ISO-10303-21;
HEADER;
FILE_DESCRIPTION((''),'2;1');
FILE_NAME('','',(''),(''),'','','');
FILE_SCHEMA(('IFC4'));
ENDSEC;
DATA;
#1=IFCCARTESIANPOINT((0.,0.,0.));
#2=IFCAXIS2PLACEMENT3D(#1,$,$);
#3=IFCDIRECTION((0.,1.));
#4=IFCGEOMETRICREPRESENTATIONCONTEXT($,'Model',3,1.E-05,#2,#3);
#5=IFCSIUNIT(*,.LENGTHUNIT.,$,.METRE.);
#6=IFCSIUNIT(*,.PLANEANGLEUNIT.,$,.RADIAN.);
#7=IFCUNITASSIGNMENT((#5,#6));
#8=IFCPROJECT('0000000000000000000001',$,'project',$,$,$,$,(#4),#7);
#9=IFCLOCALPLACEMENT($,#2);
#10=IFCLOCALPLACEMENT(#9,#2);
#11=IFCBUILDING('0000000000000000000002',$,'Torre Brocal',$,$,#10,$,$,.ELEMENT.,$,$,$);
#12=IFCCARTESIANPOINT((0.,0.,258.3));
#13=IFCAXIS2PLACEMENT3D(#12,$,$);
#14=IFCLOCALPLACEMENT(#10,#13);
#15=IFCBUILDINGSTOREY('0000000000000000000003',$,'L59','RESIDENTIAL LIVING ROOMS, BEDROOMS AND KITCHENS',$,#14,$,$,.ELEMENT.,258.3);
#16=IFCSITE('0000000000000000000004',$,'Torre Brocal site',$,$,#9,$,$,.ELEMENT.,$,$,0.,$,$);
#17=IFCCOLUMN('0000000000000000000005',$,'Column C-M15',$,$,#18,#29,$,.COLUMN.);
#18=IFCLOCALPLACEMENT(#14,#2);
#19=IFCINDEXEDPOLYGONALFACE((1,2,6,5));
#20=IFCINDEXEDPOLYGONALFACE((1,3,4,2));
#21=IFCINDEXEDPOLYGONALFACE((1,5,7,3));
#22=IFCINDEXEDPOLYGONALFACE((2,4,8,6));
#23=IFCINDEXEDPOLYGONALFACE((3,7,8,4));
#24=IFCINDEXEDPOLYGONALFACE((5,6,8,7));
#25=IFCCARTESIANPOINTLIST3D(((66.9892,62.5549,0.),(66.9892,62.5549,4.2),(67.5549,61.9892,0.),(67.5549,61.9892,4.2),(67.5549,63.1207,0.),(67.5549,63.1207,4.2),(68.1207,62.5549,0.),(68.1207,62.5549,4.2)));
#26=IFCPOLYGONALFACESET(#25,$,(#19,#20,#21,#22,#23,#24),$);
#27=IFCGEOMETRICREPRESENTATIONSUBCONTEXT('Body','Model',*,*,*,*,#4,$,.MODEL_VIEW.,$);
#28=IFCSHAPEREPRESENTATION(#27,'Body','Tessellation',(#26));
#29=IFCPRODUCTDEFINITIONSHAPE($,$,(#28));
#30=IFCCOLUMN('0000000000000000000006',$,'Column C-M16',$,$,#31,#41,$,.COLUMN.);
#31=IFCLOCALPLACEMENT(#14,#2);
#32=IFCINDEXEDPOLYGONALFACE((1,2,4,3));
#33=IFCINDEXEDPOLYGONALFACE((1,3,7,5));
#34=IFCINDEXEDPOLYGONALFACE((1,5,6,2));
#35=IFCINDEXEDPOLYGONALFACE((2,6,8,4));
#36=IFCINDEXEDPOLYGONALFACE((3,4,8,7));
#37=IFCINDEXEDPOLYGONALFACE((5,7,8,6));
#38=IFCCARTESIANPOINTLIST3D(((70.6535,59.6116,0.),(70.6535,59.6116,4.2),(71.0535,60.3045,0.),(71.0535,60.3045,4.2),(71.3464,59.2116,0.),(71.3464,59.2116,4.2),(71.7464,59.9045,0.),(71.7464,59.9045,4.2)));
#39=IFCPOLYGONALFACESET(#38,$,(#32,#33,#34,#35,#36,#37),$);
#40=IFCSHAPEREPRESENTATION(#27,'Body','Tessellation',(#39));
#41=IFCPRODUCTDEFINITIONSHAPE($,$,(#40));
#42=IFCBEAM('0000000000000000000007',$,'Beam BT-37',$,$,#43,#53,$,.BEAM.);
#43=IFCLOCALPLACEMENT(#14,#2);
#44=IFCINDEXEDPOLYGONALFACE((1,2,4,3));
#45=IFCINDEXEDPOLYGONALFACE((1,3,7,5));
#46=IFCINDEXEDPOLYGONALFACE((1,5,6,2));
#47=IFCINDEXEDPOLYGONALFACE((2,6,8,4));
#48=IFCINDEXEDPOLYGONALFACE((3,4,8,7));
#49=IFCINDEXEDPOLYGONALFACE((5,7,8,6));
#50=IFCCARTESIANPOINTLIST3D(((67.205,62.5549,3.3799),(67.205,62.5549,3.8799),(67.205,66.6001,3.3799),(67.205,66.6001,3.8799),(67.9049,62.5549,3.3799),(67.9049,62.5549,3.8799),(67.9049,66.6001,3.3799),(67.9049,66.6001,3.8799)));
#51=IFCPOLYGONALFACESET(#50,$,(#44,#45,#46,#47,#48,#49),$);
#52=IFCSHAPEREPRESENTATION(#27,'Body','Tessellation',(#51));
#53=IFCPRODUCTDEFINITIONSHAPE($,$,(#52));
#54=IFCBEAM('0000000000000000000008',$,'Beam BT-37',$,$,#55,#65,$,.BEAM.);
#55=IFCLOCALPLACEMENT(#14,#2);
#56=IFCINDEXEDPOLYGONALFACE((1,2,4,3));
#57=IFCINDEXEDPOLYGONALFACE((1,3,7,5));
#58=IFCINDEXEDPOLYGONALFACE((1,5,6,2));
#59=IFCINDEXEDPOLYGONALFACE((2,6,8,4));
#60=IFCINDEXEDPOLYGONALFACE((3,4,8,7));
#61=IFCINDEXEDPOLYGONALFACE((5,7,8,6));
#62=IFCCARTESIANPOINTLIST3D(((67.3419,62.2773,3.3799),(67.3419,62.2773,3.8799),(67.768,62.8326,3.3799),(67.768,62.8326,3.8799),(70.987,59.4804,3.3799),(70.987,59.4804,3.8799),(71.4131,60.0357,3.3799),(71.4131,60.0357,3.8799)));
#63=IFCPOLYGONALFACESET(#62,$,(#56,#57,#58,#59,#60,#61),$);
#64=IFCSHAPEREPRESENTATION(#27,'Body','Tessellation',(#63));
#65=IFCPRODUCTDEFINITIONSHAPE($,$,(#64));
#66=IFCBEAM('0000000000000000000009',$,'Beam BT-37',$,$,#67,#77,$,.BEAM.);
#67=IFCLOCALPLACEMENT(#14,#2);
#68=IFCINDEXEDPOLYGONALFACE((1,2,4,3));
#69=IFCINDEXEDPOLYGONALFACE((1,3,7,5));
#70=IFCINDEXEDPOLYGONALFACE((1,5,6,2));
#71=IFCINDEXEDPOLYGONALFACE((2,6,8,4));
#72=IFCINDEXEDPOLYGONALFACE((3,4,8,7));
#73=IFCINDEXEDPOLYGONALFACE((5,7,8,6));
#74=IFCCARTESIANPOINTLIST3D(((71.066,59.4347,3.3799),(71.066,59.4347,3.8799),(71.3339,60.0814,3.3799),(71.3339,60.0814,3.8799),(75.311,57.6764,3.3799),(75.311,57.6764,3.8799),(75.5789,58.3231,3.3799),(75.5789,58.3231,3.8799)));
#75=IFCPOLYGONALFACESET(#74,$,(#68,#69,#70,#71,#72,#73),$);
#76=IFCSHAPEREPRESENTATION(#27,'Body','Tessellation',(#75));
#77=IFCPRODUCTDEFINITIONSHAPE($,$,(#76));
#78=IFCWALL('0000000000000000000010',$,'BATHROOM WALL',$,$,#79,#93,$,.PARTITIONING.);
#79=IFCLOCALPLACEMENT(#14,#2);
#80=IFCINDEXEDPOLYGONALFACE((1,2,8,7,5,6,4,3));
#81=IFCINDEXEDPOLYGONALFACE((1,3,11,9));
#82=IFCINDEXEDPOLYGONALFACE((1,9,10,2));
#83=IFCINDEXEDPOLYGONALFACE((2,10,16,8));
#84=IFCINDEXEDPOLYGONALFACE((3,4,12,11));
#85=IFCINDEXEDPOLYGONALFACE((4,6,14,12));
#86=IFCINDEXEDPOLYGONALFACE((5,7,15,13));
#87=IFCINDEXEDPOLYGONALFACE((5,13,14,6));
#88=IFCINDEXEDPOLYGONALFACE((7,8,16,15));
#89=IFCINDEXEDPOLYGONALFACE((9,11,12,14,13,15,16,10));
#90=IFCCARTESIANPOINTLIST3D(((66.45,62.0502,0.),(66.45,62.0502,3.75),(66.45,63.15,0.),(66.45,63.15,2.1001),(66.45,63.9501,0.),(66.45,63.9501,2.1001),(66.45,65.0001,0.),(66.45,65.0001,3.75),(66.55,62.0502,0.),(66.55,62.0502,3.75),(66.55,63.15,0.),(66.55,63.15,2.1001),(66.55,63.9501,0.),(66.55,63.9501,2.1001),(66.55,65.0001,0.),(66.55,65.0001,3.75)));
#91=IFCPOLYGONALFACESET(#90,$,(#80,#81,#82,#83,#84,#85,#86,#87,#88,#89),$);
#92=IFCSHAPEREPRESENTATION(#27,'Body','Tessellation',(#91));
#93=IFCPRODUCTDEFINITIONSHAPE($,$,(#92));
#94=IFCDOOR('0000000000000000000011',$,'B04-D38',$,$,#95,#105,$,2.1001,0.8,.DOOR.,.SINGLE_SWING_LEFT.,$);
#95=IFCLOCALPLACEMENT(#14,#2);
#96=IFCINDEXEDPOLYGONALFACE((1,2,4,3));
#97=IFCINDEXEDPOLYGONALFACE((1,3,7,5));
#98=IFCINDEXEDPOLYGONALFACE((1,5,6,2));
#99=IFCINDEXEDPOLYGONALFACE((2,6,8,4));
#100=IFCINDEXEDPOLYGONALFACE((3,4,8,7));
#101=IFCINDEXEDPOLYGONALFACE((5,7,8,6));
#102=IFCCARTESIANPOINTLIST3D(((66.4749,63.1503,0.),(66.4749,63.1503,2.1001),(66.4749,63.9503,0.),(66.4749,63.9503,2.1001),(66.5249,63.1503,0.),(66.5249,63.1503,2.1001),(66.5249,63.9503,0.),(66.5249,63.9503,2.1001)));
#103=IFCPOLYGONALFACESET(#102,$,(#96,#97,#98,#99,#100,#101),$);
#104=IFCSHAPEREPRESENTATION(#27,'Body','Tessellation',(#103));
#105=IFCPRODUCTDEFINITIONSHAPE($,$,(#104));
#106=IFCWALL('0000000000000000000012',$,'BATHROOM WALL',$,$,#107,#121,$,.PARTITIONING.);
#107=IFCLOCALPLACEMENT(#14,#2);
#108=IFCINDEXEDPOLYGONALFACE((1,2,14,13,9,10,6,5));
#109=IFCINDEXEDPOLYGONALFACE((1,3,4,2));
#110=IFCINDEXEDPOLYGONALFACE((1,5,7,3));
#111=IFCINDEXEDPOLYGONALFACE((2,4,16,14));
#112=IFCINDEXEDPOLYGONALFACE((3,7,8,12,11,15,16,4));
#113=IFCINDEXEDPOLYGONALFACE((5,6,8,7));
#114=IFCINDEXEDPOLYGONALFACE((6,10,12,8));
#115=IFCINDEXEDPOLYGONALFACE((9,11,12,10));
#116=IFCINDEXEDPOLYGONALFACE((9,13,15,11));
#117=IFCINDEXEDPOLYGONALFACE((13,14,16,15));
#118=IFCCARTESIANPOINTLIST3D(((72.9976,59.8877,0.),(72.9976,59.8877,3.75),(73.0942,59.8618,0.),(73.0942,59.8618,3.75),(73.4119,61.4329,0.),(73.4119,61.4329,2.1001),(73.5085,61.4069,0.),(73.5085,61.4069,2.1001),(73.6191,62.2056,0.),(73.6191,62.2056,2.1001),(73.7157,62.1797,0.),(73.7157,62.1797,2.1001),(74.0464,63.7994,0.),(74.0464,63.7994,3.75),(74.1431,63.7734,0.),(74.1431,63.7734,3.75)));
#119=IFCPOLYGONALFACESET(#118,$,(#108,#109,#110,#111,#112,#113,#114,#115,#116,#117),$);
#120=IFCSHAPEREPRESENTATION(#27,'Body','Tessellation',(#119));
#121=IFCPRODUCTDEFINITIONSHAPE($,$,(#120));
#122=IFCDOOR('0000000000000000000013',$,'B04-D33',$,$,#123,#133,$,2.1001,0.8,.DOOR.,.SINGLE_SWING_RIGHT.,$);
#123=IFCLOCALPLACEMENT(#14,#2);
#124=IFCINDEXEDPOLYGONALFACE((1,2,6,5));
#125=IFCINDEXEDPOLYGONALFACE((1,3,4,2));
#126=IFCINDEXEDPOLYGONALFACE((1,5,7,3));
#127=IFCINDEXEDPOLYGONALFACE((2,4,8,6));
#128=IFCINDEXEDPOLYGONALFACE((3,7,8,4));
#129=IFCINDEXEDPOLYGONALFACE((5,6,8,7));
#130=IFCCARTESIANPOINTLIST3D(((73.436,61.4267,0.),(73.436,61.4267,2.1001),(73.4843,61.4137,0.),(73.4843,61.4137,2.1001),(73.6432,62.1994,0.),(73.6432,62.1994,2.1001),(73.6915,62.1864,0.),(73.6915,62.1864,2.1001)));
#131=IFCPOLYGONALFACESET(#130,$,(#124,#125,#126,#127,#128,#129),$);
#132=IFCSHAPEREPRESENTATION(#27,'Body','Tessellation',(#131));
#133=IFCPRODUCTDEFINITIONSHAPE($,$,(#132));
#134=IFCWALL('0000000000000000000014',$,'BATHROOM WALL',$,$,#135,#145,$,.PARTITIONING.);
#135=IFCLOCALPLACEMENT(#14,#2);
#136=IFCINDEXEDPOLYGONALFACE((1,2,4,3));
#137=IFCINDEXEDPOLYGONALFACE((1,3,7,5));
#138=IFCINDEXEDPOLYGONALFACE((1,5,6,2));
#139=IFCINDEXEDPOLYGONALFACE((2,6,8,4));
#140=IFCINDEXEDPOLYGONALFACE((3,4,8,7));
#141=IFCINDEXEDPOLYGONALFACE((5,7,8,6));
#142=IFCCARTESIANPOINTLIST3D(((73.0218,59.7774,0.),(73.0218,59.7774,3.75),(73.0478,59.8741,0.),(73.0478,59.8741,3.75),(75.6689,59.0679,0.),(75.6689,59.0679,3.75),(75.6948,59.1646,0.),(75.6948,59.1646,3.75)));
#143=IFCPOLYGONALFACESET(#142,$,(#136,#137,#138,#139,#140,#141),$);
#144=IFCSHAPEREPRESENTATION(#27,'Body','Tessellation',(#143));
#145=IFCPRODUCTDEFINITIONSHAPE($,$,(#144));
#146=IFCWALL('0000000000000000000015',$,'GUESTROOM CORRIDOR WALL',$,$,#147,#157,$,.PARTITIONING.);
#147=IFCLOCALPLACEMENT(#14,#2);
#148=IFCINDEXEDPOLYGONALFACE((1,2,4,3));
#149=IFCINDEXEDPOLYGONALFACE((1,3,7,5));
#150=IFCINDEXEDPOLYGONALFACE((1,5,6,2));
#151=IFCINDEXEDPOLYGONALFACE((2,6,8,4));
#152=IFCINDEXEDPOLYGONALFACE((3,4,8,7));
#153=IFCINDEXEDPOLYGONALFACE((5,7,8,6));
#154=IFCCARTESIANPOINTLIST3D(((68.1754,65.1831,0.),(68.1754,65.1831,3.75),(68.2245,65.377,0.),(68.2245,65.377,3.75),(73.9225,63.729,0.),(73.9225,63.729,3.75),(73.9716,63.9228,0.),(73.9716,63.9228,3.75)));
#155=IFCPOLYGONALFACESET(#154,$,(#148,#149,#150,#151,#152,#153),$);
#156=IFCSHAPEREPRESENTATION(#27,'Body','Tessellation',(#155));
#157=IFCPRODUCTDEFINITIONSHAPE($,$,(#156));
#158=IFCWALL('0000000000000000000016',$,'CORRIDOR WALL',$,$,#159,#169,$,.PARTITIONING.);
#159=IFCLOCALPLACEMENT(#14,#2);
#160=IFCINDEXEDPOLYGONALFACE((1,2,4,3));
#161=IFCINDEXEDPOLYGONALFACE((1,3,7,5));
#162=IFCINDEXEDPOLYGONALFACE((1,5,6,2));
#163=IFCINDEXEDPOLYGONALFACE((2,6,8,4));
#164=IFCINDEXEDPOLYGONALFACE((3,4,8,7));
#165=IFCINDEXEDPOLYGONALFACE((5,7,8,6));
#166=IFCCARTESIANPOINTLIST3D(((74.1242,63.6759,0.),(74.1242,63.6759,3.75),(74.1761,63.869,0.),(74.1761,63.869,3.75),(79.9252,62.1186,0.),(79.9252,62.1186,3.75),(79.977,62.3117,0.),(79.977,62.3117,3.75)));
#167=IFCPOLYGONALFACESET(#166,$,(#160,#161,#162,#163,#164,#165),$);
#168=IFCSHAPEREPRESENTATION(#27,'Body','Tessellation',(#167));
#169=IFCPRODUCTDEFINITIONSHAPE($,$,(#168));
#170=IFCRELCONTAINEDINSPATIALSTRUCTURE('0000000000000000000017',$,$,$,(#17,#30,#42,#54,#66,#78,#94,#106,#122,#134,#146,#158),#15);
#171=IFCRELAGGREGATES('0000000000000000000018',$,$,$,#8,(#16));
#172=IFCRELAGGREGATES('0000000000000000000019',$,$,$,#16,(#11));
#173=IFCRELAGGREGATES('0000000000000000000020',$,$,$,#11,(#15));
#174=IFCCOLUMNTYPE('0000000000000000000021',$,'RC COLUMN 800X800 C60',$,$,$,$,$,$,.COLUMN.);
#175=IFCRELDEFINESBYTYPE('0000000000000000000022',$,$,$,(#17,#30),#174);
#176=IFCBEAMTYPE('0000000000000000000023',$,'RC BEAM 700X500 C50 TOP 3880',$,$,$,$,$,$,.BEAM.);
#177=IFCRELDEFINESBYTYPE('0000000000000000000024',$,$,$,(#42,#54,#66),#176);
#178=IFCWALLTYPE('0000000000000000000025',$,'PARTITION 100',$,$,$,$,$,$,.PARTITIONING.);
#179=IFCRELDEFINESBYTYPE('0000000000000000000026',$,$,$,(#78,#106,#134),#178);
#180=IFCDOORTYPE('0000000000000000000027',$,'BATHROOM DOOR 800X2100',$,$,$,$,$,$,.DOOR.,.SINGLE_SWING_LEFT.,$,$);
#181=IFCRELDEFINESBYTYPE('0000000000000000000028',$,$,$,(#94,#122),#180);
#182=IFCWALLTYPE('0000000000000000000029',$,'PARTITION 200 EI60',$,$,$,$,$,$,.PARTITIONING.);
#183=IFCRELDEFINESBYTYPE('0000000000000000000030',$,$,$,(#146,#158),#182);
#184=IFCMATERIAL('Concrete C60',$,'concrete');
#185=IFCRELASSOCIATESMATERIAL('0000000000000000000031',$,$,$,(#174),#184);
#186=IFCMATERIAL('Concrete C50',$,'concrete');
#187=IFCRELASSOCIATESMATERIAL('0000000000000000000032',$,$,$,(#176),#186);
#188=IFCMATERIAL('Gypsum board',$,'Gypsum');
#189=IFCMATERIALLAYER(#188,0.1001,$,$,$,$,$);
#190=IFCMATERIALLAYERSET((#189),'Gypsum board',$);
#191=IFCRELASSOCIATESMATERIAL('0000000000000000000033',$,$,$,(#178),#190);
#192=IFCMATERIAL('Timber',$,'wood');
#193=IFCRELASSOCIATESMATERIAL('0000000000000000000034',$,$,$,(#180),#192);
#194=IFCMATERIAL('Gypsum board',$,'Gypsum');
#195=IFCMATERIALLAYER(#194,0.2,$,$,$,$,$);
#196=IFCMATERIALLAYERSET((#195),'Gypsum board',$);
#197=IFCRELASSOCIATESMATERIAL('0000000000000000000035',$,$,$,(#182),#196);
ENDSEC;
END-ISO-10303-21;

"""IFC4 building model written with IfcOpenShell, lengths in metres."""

from ifc_helpers import new_model, si_unit, direction, frame, frame_2d, origin, origin_2d, place, context, subcontext, project, spatial, rectangle, extrude, material, layer, layer_set, material_profile, profile_set, type_object, element, fill, save


model = new_model("IFC4")

# Units and contexts
model_context = context("Model", 3, precision=1e-05, world=origin(), true_north=direction((0.0, 1.0)))
body_context = subcontext(model_context, "Body", "Model", "MODEL_VIEW")
ifc_project = project(units=[si_unit("LENGTHUNIT", "METRE"), si_unit("PLANEANGLEUNIT", "RADIAN")], contexts=[model_context])

# Site, building, storey
site_placement = place(None, origin())
site = spatial("IfcSite", under=ifc_project, at=site_placement, Name="Torre Brocal site", CompositionType="ELEMENT", RefElevation=0.0)
building_placement = place(site_placement, origin())
building = spatial("IfcBuilding", under=site, at=building_placement, Name="Torre Brocal", CompositionType="ELEMENT")
storey_placement = place(building_placement, frame((0.0, 0.0, 258.3)))
storey = spatial("IfcBuildingStorey", under=building, at=storey_placement, Name="L59", Description="RESIDENTIAL LIVING ROOMS, BEDROOMS AND KITCHENS", CompositionType="ELEMENT", Elevation=258.3)

# Columns
ifc_material_1 = material(Name="Concrete C60", Category="concrete")
ifc_material_profile_1 = material_profile(ifc_material_1, rectangle(XDim=0.8, YDim=0.8, at=origin_2d()), Name="RC 800X800")
ifc_profile_set_1 = profile_set([ifc_material_profile_1], Name="Concrete C60")
column_type = type_object("IfcColumnType", Name="RC COLUMN 800X800 C60", PredefinedType="COLUMN", material=ifc_profile_set_1)
for number, where, z_axis, x_axis, name in (
    (1, (67.5549, 62.5549, 0.0), (0.0, 0.0, 1.0), (-0.707107, -0.707107, 0.0), "Column C-M15"),
    (2, (71.2, 59.7581, 0.0), (0.0, 0.0, 1.0), (-0.5, -0.866025, 0.0), "Column C-M16"),
):
    element("IfcColumn", number, at=place(storey_placement, frame(where, z_axis=z_axis, x_axis=x_axis)), inside=storey, type_object=column_type, Name=name, PredefinedType="COLUMN", context=body_context, shape_type="SweptSolid", body=[
        extrude(rectangle(XDim=0.8, YDim=0.8, at=origin_2d()), origin(), (0.0, 0.0, 1.0), 4.2),
    ])

# Beams
ifc_material_2 = material(Name="Concrete C50", Category="concrete")
ifc_material_profile_2 = material_profile(ifc_material_2, rectangle(XDim=0.7, YDim=0.5, at=origin_2d()), Name="RC 700X500")
ifc_profile_set_2 = profile_set([ifc_material_profile_2], Name="Concrete C50")
beam_type = type_object("IfcBeamType", Name="RC BEAM 700X500 C50 TOP 3880", PredefinedType="BEAM", material=ifc_profile_set_2)
beam_1_placement = place(storey_placement, frame((67.5549, 62.5549, 3.6299), z_axis=(0.0, 1.0, 0.0), x_axis=(-1.0, 0.0, 0.0)))
element("IfcBeam", 3, at=beam_1_placement, inside=storey, type_object=beam_type, Name="Beam BT-37", PredefinedType="BEAM", context=body_context, shape_type="SweptSolid", body=[
    extrude(rectangle(XDim=0.7, YDim=0.5, at=origin_2d()), origin(), (0.0, 0.0, 1.0), 4.0452),
])
beam_2_placement = place(storey_placement, frame((67.5549, 62.5549, 3.6299), z_axis=(0.793358, -0.608755, 0.0), x_axis=(0.608755, 0.793358, 0.0)))
element("IfcBeam", 4, at=beam_2_placement, inside=storey, type_object=beam_type, Name="Beam BT-37", PredefinedType="BEAM", context=body_context, shape_type="SweptSolid", body=[
    extrude(rectangle(XDim=0.7, YDim=0.5, at=origin_2d()), origin(), (0.0, 0.0, 1.0), 4.5945),
])
beam_3_placement = place(storey_placement, frame((71.2, 59.7581, 3.6299), z_axis=(0.923878, -0.382687, 0.0), x_axis=(0.382687, 0.923878, 0.0)))
element("IfcBeam", 5, at=beam_3_placement, inside=storey, type_object=beam_type, Name="Beam BT-37", PredefinedType="BEAM", context=body_context, shape_type="SweptSolid", body=[
    extrude(rectangle(XDim=0.7, YDim=0.5, at=origin_2d()), origin(), (0.0, 0.0, 1.0), 4.5947),
])

# Walls, openings, doors
ifc_material_3 = material(Name="Gypsum board", Category="Gypsum")
ifc_layer_1 = layer(ifc_material_3, 0.1001)
ifc_layer_set_1 = layer_set([ifc_layer_1], Name="Gypsum board")
wall_type_1 = type_object("IfcWallType", Name="PARTITION 100", PredefinedType="PARTITIONING", material=ifc_layer_set_1)
wall_1_placement = place(storey_placement, frame((66.5, 62.05, 0.0), z_axis=(0.0, 0.0, 1.0), x_axis=(0.0, 1.0, 0.0)))
wall_1 = element("IfcWall", 6, at=wall_1_placement, inside=storey, type_object=wall_type_1, Name="BATHROOM WALL", PredefinedType="PARTITIONING", context=body_context, shape_type="SweptSolid", body=[
    extrude(rectangle(XDim=2.95, YDim=0.1001, at=frame_2d((1.4751, 0.0))), origin(), (0.0, 0.0, 1.0), 3.75),
])
opening_1_placement = place(wall_1_placement, frame((1.1001, 0.0, 0.0)))
opening_1 = element("IfcOpeningElement", 7, at=opening_1_placement, cuts=wall_1, PredefinedType="OPENING", context=body_context, shape_type="SweptSolid", body=[
    extrude(rectangle(XDim=0.8, YDim=2.1001, at=frame_2d((0.3999, 1.05))), frame((0.0, 0.0601, 0.0), z_axis=(0.0, -1.0, 0.0), x_axis=(1.0, 0.0, 0.0)), (0.0, 0.0, 1.0), 0.1201),
])
ifc_material_4 = material(Name="Timber", Category="wood")
door_type_1 = type_object("IfcDoorType", Name="BATHROOM DOOR 800X2100", OperationType="SINGLE_SWING_LEFT", PredefinedType="DOOR", material=ifc_material_4)
door_1_placement = place(opening_1_placement, frame((0.8, 0.0, 0.0), z_axis=(0.0, 0.0, 1.0), x_axis=(-1.0, 0.0, 0.0)))
door_1 = element("IfcDoor", 8, at=door_1_placement, inside=storey, type_object=door_type_1, Name="B04-D38", OperationType="SINGLE_SWING_LEFT", OverallHeight=2.1001, OverallWidth=0.8, PredefinedType="DOOR", context=body_context, shape_type="SweptSolid", body=[
    extrude(rectangle(XDim=0.8, YDim=2.1001, at=frame_2d((0.3999, 1.05))), frame((0.0, 0.0249, 0.0), z_axis=(0.0, -1.0, 0.0), x_axis=(1.0, 0.0, 0.0)), (0.0, 0.0, 1.0), 0.05),
])
fill(opening_1, door_1)
wall_2_placement = place(storey_placement, frame((73.0459, 59.8748, 0.0), z_axis=(0.0, 0.0, 1.0), x_axis=(0.258983, 0.965882, 0.0)))
wall_2 = element("IfcWall", 9, at=wall_2_placement, inside=storey, type_object=wall_type_1, Name="BATHROOM WALL", PredefinedType="PARTITIONING", context=body_context, shape_type="SweptSolid", body=[
    extrude(rectangle(XDim=4.0498, YDim=0.1001, at=frame_2d((2.0249, 0.0))), origin(), (0.0, 0.0, 1.0), 3.75),
])
opening_2_placement = place(wall_2_placement, frame((1.5999, 0.0, 0.0)))
opening_2 = element("IfcOpeningElement", 10, at=opening_2_placement, cuts=wall_2, PredefinedType="OPENING", context=body_context, shape_type="SweptSolid", body=[
    extrude(rectangle(XDim=0.8, YDim=2.1001, at=frame_2d((0.3999, 1.05))), frame((0.0, 0.0601, 0.0), z_axis=(0.0, -1.0, 0.0), x_axis=(1.0, 0.0, 0.0)), (0.0, 0.0, 1.0), 0.1201),
])
door_2_placement = place(opening_2_placement, frame((0.8, 0.0, 0.0), z_axis=(0.0, 0.0, 1.0), x_axis=(-1.0, 0.0, 0.0)))
door_2 = element("IfcDoor", 11, at=door_2_placement, inside=storey, type_object=door_type_1, Name="B04-D33", OperationType="SINGLE_SWING_RIGHT", OverallHeight=2.1001, OverallWidth=0.8, PredefinedType="DOOR", context=body_context, shape_type="SweptSolid", body=[
    extrude(rectangle(XDim=0.8, YDim=2.1001, at=frame_2d((0.3999, 1.05))), frame((0.0, 0.0249, 0.0), z_axis=(0.0, -1.0, 0.0), x_axis=(1.0, 0.0, 0.0)), (0.0, 0.0, 1.0), 0.05),
])
fill(opening_2, door_2)

# Walls
wall_3_placement = place(storey_placement, frame((73.0349, 59.8257, 0.0), z_axis=(0.0, 0.0, 1.0), x_axis=(0.965906, -0.258893, 0.0)))
element("IfcWall", 12, at=wall_3_placement, inside=storey, type_object=wall_type_1, Name="BATHROOM WALL", PredefinedType="PARTITIONING", context=body_context, shape_type="SweptSolid", body=[
    extrude(rectangle(XDim=2.7405, YDim=0.1001, at=frame_2d((1.3701, 0.0))), origin(), (0.0, 0.0, 1.0), 3.75),
])
ifc_material_5 = material(Name="Gypsum board", Category="Gypsum")
ifc_layer_2 = layer(ifc_material_5, 0.2)
ifc_layer_set_2 = layer_set([ifc_layer_2], Name="Gypsum board")
wall_type_2 = type_object("IfcWallType", Name="PARTITION 200 EI60", PredefinedType="PARTITIONING", material=ifc_layer_set_2)
wall_4_placement = place(storey_placement, frame((68.2, 65.28, 0.0), z_axis=(0.0, 0.0, 1.0), x_axis=(0.969451, -0.245287, 0.0)))
element("IfcWall", 13, at=wall_4_placement, inside=storey, type_object=wall_type_2, Name="GUESTROOM CORRIDOR WALL", PredefinedType="PARTITIONING", context=body_context, shape_type="SweptSolid", body=[
    extrude(rectangle(XDim=5.9282, YDim=0.2, at=frame_2d((2.9641, 0.0))), origin(), (0.0, 0.0, 1.0), 3.75),
])
wall_5_placement = place(storey_placement, frame((74.1501, 63.7725, 0.0), z_axis=(0.0, 0.0, 1.0), x_axis=(0.965801, -0.259284, 0.0)))
element("IfcWall", 14, at=wall_5_placement, inside=storey, type_object=wall_type_2, Name="CORRIDOR WALL", PredefinedType="PARTITIONING", context=body_context, shape_type="SweptSolid", body=[
    extrude(rectangle(XDim=6.0063, YDim=0.2, at=frame_2d((3.0032, 0.0))), origin(), (0.0, 0.0, 1.0), 3.75),
])

save(model, "model.ifc")
